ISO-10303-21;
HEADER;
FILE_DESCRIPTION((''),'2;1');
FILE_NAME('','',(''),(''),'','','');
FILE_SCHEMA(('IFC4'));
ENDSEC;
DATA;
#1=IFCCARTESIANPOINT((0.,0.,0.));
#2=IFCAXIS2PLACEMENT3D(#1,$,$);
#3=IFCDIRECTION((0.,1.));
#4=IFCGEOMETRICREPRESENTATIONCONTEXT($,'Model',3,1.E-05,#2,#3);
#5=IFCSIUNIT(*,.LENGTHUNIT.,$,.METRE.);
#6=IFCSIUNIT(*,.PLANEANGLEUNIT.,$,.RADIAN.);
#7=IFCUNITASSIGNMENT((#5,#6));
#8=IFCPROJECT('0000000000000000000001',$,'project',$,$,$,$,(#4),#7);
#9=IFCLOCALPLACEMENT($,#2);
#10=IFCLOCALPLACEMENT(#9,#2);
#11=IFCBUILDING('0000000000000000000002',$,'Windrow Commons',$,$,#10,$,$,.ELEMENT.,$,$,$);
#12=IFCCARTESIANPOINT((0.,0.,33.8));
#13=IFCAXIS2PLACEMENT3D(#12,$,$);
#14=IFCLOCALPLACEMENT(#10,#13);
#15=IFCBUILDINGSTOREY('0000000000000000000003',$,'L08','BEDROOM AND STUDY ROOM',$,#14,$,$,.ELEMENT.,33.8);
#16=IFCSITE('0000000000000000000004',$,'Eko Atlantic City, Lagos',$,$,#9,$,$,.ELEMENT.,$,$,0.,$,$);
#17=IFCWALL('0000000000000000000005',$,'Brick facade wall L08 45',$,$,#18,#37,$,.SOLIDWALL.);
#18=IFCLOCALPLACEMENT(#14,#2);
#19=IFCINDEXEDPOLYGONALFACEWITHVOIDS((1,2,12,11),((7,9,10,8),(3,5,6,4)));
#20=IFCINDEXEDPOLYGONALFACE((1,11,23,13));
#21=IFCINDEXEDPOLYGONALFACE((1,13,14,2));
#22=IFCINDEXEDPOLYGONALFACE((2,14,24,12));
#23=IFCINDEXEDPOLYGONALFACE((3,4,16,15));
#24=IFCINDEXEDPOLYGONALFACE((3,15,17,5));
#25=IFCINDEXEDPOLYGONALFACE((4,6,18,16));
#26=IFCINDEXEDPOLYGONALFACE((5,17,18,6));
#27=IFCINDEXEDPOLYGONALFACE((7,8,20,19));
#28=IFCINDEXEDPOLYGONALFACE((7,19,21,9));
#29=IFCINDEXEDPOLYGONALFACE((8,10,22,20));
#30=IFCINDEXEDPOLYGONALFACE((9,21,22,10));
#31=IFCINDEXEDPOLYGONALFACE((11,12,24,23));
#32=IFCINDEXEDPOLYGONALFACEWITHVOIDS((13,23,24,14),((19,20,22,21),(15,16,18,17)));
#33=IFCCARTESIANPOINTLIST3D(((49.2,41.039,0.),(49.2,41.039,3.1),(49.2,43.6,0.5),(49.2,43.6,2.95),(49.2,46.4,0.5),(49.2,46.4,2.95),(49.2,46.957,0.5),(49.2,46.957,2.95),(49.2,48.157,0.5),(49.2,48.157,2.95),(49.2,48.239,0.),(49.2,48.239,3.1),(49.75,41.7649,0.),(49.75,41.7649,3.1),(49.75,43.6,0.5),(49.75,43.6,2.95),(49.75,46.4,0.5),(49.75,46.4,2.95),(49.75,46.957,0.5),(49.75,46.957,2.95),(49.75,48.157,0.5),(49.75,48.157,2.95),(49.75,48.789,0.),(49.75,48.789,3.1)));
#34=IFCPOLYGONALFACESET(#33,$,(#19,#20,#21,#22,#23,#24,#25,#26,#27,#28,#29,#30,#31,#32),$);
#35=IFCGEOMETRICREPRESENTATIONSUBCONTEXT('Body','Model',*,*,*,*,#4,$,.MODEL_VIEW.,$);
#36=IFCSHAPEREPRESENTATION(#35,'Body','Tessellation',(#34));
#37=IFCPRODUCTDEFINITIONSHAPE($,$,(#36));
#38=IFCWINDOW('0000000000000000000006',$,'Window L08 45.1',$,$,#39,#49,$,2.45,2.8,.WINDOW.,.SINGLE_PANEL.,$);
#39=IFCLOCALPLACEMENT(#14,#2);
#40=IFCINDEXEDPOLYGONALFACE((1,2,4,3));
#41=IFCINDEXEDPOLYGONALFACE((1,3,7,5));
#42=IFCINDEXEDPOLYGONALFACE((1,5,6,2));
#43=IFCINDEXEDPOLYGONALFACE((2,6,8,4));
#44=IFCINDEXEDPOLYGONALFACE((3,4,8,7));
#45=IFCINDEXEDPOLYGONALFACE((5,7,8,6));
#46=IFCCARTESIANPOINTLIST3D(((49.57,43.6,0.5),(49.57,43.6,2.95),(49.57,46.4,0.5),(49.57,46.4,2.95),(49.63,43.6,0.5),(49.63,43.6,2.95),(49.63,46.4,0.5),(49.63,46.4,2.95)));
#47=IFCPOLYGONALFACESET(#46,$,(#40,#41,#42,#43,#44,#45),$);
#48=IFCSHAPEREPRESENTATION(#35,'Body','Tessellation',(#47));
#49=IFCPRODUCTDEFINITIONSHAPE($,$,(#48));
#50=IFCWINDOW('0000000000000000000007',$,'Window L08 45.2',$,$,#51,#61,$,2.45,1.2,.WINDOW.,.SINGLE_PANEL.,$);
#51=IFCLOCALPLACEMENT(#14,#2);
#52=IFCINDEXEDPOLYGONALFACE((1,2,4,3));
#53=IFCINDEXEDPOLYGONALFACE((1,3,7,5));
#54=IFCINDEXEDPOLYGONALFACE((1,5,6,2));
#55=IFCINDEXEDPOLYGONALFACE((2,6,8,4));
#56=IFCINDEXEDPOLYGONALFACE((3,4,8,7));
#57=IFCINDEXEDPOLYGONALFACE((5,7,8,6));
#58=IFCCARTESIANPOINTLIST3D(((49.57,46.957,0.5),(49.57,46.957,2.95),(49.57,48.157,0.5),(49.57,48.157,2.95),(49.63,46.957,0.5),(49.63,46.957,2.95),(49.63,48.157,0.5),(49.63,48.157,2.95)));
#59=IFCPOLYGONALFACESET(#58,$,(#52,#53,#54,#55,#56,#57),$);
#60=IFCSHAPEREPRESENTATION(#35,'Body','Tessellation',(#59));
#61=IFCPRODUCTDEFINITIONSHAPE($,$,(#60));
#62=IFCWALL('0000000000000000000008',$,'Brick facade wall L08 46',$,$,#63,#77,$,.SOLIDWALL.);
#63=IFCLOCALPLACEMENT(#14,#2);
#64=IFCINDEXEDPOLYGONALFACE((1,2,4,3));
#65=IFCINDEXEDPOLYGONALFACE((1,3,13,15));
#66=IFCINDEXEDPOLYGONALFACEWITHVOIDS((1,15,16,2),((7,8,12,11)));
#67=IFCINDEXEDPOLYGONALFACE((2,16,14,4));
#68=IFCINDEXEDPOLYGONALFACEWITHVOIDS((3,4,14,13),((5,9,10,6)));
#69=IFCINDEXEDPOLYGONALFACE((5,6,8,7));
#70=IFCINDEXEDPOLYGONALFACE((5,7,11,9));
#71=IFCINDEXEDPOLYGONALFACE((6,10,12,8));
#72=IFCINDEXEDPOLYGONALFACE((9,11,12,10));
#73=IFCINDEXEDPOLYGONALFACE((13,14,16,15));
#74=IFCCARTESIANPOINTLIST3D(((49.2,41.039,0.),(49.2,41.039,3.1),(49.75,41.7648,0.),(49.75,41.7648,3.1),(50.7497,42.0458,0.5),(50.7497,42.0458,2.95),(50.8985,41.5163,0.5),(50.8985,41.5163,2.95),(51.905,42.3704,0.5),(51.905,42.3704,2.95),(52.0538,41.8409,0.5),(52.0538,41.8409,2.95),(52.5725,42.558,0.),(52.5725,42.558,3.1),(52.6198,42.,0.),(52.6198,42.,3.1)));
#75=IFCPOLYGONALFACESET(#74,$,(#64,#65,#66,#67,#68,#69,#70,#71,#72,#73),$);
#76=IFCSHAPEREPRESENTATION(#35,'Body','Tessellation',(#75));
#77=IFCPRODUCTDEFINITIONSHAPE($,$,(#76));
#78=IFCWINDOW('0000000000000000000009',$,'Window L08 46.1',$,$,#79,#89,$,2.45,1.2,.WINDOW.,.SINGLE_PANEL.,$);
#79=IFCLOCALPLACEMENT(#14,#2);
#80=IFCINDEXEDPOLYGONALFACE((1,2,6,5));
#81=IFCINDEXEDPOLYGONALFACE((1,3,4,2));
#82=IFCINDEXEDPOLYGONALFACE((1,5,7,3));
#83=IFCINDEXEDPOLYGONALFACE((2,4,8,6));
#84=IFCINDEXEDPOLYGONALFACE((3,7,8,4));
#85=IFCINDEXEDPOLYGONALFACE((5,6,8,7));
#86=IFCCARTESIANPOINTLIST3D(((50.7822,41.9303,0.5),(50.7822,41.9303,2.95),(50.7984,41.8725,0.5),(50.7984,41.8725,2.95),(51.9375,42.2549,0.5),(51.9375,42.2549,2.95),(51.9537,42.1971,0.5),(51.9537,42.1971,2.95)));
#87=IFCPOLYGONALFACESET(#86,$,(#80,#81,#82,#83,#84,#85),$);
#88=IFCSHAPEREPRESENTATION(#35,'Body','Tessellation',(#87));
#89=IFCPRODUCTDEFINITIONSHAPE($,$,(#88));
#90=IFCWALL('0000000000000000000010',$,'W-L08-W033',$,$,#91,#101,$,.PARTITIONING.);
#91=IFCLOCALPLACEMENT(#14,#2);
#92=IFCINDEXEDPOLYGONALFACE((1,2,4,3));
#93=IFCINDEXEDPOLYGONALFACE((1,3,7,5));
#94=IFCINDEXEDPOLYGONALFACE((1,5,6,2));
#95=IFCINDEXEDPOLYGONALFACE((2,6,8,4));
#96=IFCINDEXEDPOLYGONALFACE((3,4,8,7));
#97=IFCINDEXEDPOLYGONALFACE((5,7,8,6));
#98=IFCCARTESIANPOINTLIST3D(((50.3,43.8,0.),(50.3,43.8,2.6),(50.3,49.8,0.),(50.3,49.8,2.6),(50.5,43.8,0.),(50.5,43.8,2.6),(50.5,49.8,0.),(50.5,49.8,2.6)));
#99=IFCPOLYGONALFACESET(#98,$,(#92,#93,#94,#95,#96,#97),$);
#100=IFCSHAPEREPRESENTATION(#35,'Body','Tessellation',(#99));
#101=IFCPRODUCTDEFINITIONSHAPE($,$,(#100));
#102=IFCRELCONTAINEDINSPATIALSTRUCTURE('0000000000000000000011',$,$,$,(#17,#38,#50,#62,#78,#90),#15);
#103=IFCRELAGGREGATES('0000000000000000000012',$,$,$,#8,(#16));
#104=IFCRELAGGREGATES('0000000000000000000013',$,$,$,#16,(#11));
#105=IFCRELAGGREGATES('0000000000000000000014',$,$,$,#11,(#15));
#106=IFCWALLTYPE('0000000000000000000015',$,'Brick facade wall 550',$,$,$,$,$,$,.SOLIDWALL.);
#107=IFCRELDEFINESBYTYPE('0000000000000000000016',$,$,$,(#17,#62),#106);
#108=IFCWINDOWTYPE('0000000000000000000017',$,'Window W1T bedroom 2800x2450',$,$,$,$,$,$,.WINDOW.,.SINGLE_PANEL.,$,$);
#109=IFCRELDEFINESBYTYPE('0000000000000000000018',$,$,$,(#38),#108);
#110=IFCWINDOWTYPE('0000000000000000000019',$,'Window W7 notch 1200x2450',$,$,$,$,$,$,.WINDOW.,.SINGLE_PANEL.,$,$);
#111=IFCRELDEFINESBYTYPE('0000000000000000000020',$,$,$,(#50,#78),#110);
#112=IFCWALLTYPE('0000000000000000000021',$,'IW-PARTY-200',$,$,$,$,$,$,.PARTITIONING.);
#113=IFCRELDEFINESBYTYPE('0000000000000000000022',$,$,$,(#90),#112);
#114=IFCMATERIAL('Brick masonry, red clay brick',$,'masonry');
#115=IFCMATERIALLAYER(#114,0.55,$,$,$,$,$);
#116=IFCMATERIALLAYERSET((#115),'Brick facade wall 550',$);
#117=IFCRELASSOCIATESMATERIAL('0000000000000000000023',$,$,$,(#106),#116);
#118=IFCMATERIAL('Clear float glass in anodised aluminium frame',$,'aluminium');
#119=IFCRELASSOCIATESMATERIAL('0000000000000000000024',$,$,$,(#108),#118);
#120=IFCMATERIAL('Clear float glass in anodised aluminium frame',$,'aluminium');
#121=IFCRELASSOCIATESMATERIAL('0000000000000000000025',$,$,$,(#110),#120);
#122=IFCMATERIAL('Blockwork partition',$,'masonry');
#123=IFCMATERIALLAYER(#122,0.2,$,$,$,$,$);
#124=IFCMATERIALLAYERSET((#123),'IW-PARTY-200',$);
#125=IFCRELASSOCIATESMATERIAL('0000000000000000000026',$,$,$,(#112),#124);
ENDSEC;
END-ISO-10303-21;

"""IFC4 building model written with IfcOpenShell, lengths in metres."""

from ifc_helpers import new_model, si_unit, direction, frame, frame_2d, origin, place, context, subcontext, project, spatial, polyline, rectangle, outline, extrude, material, layer, layer_set, type_object, element, fill, save


model = new_model("IFC4")

# Units and contexts
model_context = context("Model", 3, precision=1e-05, world=origin(), true_north=direction((0.0, 1.0)))
body_context = subcontext(model_context, "Body", "Model", "MODEL_VIEW")
ifc_project = project(units=[si_unit("LENGTHUNIT", "METRE"), si_unit("PLANEANGLEUNIT", "RADIAN")], contexts=[model_context])

# Site, building, storey
site_placement = place(None, origin())
site = spatial("IfcSite", under=ifc_project, at=site_placement, Name="Eko Atlantic City, Lagos", CompositionType="ELEMENT", RefElevation=0.0)
building_placement = place(site_placement, origin())
building = spatial("IfcBuilding", under=site, at=building_placement, Name="Windrow Commons", CompositionType="ELEMENT")
storey_placement = place(building_placement, frame((0.0, 0.0, 33.8)))
storey = spatial("IfcBuildingStorey", under=building, at=storey_placement, Name="L08", Description="BEDROOM AND STUDY ROOM", CompositionType="ELEMENT", Elevation=33.8)

# Wall, openings, windows
ifc_material_1 = material(Name="Brick masonry, red clay brick", Category="masonry")
ifc_layer_1 = layer(ifc_material_1, 0.55)
ifc_layer_set_1 = layer_set([ifc_layer_1], Name="Brick facade wall 550")
wall_type_1 = type_object("IfcWallType", Name="Brick facade wall 550", PredefinedType="SOLIDWALL", material=ifc_layer_set_1)
ifc_material_2 = material(Name="Clear float glass in anodised aluminium frame", Category="aluminium")
window_type_1 = type_object("IfcWindowType", Name="Window W1T bedroom 2800x2450", PartitioningType="SINGLE_PANEL", PredefinedType="WINDOW", material=ifc_material_2)
ifc_material_3 = material(Name="Clear float glass in anodised aluminium frame", Category="aluminium")
window_type_2 = type_object("IfcWindowType", Name="Window W7 notch 1200x2450", PartitioningType="SINGLE_PANEL", PredefinedType="WINDOW", material=ifc_material_3)
wall_1_placement = place(storey_placement, frame((49.475, 48.514, 0.0), z_axis=(0.0, 0.0, 1.0), x_axis=(0.0, -1.0, 0.0)))
wall_1 = element("IfcWall", 1, at=wall_1_placement, inside=storey, type_object=wall_type_1, Name="Brick facade wall L08 45", PredefinedType="SOLIDWALL", context=body_context, shape_type="SweptSolid", body=[
    extrude(outline(polyline([(0.275, -0.275), (7.475, -0.275), (6.7491, 0.275), (-0.275, 0.275), (0.275, -0.275)])), origin(), (0.0, 0.0, 1.0), 3.1),
])
opening_1_placement = place(wall_1_placement, frame((2.114, 0.0, 0.5)))
opening_1 = element("IfcOpeningElement", 2, at=opening_1_placement, cuts=wall_1, PredefinedType="OPENING", context=body_context, shape_type="SweptSolid", body=[
    extrude(rectangle(XDim=2.8, YDim=2.45, at=frame_2d((1.4, 1.225))), frame((0.0, 0.285, 0.0), z_axis=(0.0, -1.0, 0.0), x_axis=(1.0, 0.0, 0.0)), (0.0, 0.0, 1.0), 0.57),
])
opening_2_placement = place(wall_1_placement, frame((0.357, 0.0, 0.5)))
opening_2 = element("IfcOpeningElement", 3, at=opening_2_placement, cuts=wall_1, PredefinedType="OPENING", context=body_context, shape_type="SweptSolid", body=[
    extrude(rectangle(XDim=1.2, YDim=2.45, at=frame_2d((0.6, 1.225))), frame((0.0, 0.285, 0.0), z_axis=(0.0, -1.0, 0.0), x_axis=(1.0, 0.0, 0.0)), (0.0, 0.0, 1.0), 0.57),
])
window_1_placement = place(opening_1_placement, origin())
window_1 = element("IfcWindow", 4, at=window_1_placement, inside=storey, type_object=window_type_1, Name="Window L08 45.1", OverallHeight=2.45, OverallWidth=2.8, PartitioningType="SINGLE_PANEL", PredefinedType="WINDOW", context=body_context, shape_type="SweptSolid", body=[
    extrude(rectangle(XDim=2.8, YDim=2.45, at=frame_2d((1.4, 1.225))), frame((0.0, 0.155, 0.0), z_axis=(0.0, -1.0, 0.0), x_axis=(1.0, 0.0, 0.0)), (0.0, 0.0, 1.0), 0.06),
])
fill(opening_1, window_1)
window_2_placement = place(opening_2_placement, origin())
window_2 = element("IfcWindow", 5, at=window_2_placement, inside=storey, type_object=window_type_2, Name="Window L08 45.2", OverallHeight=2.45, OverallWidth=1.2, PartitioningType="SINGLE_PANEL", PredefinedType="WINDOW", context=body_context, shape_type="SweptSolid", body=[
    extrude(rectangle(XDim=1.2, YDim=2.45, at=frame_2d((0.6, 1.225))), frame((0.0, 0.155, 0.0), z_axis=(0.0, -1.0, 0.0), x_axis=(1.0, 0.0, 0.0)), (0.0, 0.0, 1.0), 0.06),
])
fill(opening_2, window_2)

# Wall, opening, window
wall_2_placement = place(storey_placement, frame((49.475, 41.4019, 0.0), z_axis=(0.0, 0.0, 1.0), x_axis=(0.962708, 0.270543, 0.0)))
wall_2 = element("IfcWall", 6, at=wall_2_placement, inside=storey, type_object=wall_type_1, Name="Brick facade wall L08 46", PredefinedType="SOLIDWALL", context=body_context, shape_type="SweptSolid", body=[
    extrude(outline(polyline([(-0.3629, -0.275), (3.1893, -0.275), (3.2948, 0.275), (0.3629, 0.275), (-0.3629, -0.275)])), origin(), (0.0, 0.0, 1.0), 3.1),
])
opening_3_placement = place(wall_2_placement, frame((1.4014, 0.0, 0.5)))
opening_3 = element("IfcOpeningElement", 7, at=opening_3_placement, cuts=wall_2, PredefinedType="OPENING", context=body_context, shape_type="SweptSolid", body=[
    extrude(rectangle(XDim=1.2, YDim=2.45, at=frame_2d((0.6, 1.225))), frame((0.0, 0.285, 0.0), z_axis=(0.0, -1.0, 0.0), x_axis=(1.0, 0.0, 0.0)), (0.0, 0.0, 1.0), 0.57),
])
window_3_placement = place(opening_3_placement, origin())
window_3 = element("IfcWindow", 8, at=window_3_placement, inside=storey, type_object=window_type_2, Name="Window L08 46.1", OverallHeight=2.45, OverallWidth=1.2, PartitioningType="SINGLE_PANEL", PredefinedType="WINDOW", context=body_context, shape_type="SweptSolid", body=[
    extrude(rectangle(XDim=1.2, YDim=2.45, at=frame_2d((0.6, 1.225))), frame((0.0, 0.155, 0.0), z_axis=(0.0, -1.0, 0.0), x_axis=(1.0, 0.0, 0.0)), (0.0, 0.0, 1.0), 0.06),
])
fill(opening_3, window_3)

# Wall
ifc_material_4 = material(Name="Blockwork partition", Category="masonry")
ifc_layer_2 = layer(ifc_material_4, 0.2)
ifc_layer_set_2 = layer_set([ifc_layer_2], Name="IW-PARTY-200")
wall_type_2 = type_object("IfcWallType", Name="IW-PARTY-200", PredefinedType="PARTITIONING", material=ifc_layer_set_2)
wall_3_placement = place(storey_placement, frame((50.4, 43.8, 0.0), z_axis=(0.0, 0.0, 1.0), x_axis=(0.0, 1.0, 0.0)))
element("IfcWall", 9, at=wall_3_placement, inside=storey, type_object=wall_type_2, Name="W-L08-W033", PredefinedType="PARTITIONING", context=body_context, shape_type="SweptSolid", body=[
    extrude(rectangle(XDim=6.0, YDim=0.2, at=frame_2d((3.0, 0.0))), origin(), (0.0, 0.0, 1.0), 2.6),
])

save(model, "model.ifc")
